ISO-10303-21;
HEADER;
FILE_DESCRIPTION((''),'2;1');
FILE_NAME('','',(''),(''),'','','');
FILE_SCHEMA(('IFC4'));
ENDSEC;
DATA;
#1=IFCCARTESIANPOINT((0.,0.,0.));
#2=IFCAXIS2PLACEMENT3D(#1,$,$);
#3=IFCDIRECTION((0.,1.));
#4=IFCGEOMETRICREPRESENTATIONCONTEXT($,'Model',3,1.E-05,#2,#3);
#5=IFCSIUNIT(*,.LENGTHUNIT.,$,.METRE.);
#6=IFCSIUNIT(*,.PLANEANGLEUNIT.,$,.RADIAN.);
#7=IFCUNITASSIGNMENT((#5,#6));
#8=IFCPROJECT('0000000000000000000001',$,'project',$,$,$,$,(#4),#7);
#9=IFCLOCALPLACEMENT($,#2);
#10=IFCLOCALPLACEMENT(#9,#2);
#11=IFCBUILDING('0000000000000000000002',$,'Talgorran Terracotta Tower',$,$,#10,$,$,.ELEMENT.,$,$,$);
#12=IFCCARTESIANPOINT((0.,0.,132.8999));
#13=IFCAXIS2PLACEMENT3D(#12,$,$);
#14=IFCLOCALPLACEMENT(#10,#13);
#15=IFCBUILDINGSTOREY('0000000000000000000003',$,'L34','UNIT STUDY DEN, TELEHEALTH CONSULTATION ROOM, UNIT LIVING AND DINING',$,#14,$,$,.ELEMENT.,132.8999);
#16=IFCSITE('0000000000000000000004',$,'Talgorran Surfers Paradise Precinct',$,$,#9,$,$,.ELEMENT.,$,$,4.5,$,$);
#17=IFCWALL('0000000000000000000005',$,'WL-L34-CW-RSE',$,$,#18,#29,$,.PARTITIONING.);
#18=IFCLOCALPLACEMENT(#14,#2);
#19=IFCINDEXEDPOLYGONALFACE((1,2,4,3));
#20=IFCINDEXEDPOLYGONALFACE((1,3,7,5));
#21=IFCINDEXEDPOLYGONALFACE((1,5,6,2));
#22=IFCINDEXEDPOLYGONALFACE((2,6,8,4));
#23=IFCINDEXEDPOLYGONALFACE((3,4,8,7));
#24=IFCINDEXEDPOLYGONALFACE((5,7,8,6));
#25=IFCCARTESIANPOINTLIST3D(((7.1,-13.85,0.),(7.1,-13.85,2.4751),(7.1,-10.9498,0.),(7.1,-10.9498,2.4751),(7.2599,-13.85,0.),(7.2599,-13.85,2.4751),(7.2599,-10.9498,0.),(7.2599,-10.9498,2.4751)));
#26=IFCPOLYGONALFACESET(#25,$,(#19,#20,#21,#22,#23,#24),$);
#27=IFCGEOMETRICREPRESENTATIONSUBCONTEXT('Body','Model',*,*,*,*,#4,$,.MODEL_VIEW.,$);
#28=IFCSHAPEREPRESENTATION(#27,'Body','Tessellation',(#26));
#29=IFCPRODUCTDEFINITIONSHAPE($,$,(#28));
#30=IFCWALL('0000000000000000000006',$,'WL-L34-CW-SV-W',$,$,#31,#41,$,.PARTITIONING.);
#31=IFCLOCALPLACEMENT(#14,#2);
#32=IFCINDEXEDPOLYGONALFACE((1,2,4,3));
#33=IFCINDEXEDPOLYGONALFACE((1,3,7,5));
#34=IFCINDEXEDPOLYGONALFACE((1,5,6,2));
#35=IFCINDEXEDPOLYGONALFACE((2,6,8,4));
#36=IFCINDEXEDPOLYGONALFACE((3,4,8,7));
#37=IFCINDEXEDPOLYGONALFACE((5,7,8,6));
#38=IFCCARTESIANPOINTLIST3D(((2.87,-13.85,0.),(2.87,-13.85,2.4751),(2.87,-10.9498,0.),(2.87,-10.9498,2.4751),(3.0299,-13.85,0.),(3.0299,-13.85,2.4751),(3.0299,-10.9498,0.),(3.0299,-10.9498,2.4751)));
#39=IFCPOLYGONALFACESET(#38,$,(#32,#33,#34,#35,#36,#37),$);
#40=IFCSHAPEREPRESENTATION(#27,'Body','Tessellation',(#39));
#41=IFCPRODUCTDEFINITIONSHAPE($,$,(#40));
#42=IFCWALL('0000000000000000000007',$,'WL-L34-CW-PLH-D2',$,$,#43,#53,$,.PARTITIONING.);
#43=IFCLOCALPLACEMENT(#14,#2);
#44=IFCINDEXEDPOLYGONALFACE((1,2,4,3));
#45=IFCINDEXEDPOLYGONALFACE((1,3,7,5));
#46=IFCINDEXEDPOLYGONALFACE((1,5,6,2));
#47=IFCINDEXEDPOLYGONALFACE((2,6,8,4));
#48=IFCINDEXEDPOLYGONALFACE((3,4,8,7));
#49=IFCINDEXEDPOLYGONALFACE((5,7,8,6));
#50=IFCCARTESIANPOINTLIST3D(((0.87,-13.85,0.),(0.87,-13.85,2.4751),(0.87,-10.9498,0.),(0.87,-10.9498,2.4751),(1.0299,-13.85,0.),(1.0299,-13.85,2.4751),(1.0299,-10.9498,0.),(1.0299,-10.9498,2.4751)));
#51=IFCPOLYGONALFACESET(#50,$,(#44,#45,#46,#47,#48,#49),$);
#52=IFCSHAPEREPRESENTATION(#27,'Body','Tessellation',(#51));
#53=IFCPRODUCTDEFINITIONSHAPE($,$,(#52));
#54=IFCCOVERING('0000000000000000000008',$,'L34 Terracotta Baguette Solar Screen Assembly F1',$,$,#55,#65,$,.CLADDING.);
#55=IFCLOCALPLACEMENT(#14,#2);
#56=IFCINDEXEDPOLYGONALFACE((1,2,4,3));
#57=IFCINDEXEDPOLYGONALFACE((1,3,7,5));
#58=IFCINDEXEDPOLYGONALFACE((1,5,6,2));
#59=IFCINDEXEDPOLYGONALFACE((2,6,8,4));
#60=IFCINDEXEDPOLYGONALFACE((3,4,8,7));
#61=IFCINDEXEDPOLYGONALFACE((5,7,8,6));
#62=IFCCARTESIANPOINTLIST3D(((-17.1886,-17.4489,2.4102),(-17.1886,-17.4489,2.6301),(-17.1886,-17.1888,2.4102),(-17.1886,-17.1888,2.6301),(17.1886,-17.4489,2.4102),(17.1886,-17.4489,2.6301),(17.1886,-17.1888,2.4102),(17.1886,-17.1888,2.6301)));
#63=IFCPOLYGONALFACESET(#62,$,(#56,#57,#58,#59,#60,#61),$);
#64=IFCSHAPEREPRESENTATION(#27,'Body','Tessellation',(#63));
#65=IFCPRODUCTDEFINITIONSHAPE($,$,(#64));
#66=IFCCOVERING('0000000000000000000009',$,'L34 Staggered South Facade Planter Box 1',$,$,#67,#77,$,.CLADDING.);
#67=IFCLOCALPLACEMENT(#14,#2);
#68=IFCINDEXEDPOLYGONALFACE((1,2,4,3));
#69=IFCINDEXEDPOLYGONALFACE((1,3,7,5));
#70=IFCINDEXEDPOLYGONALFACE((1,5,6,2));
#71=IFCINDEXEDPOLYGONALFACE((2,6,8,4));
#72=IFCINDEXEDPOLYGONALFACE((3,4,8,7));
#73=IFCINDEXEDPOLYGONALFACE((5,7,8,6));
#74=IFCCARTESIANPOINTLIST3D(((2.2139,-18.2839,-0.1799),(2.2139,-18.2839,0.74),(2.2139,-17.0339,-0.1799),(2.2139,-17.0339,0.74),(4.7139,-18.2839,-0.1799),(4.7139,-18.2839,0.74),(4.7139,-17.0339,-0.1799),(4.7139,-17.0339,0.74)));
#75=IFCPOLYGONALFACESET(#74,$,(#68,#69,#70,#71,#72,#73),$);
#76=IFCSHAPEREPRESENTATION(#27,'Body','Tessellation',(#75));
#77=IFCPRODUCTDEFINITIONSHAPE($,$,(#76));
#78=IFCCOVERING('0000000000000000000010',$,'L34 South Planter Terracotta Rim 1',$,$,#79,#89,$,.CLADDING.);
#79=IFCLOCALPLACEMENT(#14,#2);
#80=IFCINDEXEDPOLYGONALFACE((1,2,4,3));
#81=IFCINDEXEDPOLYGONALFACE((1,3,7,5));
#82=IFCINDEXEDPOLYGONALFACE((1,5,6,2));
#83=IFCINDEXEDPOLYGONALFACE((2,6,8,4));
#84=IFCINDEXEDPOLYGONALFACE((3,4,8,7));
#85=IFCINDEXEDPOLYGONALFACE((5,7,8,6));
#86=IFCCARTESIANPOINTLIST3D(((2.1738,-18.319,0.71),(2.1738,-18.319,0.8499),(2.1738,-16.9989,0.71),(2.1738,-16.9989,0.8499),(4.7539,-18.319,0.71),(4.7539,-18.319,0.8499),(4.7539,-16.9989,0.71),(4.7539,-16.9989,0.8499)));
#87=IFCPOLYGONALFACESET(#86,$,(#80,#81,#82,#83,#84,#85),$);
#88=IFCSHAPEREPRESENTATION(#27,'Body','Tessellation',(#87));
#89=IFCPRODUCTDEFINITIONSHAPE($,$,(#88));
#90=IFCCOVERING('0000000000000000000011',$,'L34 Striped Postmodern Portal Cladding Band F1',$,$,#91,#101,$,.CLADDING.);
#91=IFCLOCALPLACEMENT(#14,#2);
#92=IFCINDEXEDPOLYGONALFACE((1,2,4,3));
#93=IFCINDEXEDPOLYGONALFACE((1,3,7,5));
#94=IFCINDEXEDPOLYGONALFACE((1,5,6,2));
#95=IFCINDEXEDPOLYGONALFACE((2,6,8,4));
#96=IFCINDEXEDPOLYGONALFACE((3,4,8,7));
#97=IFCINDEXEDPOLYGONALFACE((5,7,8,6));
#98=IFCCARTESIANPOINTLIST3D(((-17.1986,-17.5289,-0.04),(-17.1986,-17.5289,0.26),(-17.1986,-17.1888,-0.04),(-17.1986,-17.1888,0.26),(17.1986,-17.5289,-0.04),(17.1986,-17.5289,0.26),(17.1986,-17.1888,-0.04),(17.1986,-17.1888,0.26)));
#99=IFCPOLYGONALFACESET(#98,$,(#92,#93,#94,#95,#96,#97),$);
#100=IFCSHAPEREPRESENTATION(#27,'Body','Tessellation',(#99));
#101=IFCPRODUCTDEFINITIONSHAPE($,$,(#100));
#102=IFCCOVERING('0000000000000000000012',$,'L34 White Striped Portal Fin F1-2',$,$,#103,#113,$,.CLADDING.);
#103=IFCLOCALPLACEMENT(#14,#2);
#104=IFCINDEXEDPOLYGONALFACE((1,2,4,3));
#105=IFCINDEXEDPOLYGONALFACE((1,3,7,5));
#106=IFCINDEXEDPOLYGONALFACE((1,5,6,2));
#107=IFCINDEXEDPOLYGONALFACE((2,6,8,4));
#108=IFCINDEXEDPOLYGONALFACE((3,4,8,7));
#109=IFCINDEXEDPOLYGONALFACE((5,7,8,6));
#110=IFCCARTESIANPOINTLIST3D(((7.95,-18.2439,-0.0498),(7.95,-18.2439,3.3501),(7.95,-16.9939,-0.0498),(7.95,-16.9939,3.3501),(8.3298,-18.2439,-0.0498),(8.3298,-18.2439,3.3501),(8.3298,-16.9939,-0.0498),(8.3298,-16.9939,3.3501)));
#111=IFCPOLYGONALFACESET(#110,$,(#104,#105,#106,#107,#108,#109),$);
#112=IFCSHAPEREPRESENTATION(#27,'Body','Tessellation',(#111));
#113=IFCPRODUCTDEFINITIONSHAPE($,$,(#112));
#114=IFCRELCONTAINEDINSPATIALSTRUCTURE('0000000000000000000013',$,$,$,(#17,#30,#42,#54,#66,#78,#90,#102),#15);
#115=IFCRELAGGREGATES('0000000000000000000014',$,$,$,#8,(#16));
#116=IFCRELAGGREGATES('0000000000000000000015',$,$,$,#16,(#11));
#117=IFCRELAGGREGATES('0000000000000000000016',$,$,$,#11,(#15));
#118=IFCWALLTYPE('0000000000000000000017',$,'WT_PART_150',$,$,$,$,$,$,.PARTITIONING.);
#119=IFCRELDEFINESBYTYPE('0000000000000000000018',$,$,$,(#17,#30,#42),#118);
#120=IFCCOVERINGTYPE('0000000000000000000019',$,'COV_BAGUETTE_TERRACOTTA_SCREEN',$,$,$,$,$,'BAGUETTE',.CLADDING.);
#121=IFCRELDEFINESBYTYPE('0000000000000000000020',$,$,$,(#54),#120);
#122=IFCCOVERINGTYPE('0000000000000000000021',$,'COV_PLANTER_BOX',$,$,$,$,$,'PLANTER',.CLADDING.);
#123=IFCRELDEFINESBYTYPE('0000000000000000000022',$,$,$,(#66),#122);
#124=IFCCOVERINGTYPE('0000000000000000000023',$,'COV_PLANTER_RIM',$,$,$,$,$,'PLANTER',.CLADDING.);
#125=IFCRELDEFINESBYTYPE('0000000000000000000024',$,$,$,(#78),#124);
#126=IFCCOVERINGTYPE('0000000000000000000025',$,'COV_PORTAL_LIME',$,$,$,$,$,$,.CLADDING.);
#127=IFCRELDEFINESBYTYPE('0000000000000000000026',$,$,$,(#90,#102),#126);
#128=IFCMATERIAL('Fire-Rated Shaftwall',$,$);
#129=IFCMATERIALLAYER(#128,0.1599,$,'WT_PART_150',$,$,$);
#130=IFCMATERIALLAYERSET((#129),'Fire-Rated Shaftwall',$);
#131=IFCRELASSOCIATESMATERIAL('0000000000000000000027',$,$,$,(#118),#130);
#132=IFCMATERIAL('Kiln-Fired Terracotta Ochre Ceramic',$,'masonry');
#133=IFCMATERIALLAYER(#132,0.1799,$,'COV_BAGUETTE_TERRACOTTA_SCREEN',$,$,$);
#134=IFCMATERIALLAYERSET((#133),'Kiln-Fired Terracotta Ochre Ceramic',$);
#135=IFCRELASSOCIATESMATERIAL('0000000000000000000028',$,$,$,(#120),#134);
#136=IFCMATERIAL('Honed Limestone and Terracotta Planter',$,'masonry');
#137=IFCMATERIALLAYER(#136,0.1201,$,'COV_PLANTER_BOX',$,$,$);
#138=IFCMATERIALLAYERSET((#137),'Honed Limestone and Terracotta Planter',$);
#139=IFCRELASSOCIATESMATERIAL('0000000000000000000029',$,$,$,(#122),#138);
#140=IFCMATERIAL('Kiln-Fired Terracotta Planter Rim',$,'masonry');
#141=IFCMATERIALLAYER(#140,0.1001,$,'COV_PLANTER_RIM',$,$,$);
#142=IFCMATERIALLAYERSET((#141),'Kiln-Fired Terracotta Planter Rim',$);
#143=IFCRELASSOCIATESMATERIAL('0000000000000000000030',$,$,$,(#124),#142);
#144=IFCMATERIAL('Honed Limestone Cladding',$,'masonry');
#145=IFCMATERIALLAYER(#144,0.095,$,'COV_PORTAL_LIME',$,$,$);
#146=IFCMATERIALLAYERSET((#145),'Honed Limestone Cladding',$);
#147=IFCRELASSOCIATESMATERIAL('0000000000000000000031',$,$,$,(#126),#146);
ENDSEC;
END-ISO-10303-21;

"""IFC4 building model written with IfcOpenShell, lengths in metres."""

from ifc_helpers import new_model, si_unit, direction, frame, frame_2d, origin, origin_2d, place, context, subcontext, project, spatial, rectangle, extrude, material, layer, layer_set, type_object, element, save


model = new_model("IFC4")

# Units and contexts
model_context = context("Model", 3, precision=1e-05, world=origin(), true_north=direction((0.0, 1.0)))
body_context = subcontext(model_context, "Body", "Model", "MODEL_VIEW")
ifc_project = project(units=[si_unit("LENGTHUNIT", "METRE"), si_unit("PLANEANGLEUNIT", "RADIAN")], contexts=[model_context])

# Site, building, storey
site_placement = place(None, origin())
site = spatial("IfcSite", under=ifc_project, at=site_placement, Name="Talgorran Surfers Paradise Precinct", CompositionType="ELEMENT", RefElevation=4.5)
building_placement = place(site_placement, origin())
building = spatial("IfcBuilding", under=site, at=building_placement, Name="Talgorran Terracotta Tower", CompositionType="ELEMENT")
storey_placement = place(building_placement, frame((0.0, 0.0, 132.8999)))
storey = spatial("IfcBuildingStorey", under=building, at=storey_placement, Name="L34", Description="UNIT STUDY DEN, TELEHEALTH CONSULTATION ROOM, UNIT LIVING AND DINING", CompositionType="ELEMENT", Elevation=132.8999)

# Walls
ifc_material_1 = material(Name="Fire-Rated Shaftwall")
ifc_layer_1 = layer(ifc_material_1, 0.1599, Name="WT_PART_150")
ifc_layer_set_1 = layer_set([ifc_layer_1], Name="Fire-Rated Shaftwall")
wall_type_1 = type_object("IfcWallType", Name="WT_PART_150", PredefinedType="PARTITIONING", material=ifc_layer_set_1)
for number, where, z_axis, x_axis, name in (
    (1, (7.1799, -13.8501, 0.0), (0.0, 0.0, 1.0), (0.0, 1.0, 0.0), "WL-L34-CW-RSE"),
    (2, (2.95, -13.8501, 0.0), (0.0, 0.0, 1.0), (0.0, 1.0, 0.0), "WL-L34-CW-SV-W"),
    (3, (0.95, -13.8501, 0.0), (0.0, 0.0, 1.0), (0.0, 1.0, 0.0), "WL-L34-CW-PLH-D2"),
):
    element("IfcWall", number, at=place(storey_placement, frame(where, z_axis=z_axis, x_axis=x_axis)), inside=storey, type_object=wall_type_1, Name=name, PredefinedType="PARTITIONING", context=body_context, shape_type="SweptSolid", body=[
        extrude(rectangle(XDim=2.9001, YDim=0.1599, at=frame_2d((1.4502, 0.0))), origin(), (0.0, 0.0, 1.0), 2.4751),
    ])

# Coverings
ifc_material_2 = material(Name="Kiln-Fired Terracotta Ochre Ceramic", Category="masonry")
ifc_layer_2 = layer(ifc_material_2, 0.1799, Name="COV_BAGUETTE_TERRACOTTA_SCREEN")
ifc_layer_set_2 = layer_set([ifc_layer_2], Name="Kiln-Fired Terracotta Ochre Ceramic")
covering_type_1 = type_object("IfcCoveringType", Name="COV_BAGUETTE_TERRACOTTA_SCREEN", ElementType="BAGUETTE", PredefinedType="CLADDING", material=ifc_layer_set_2)
covering_1_placement = place(storey_placement, frame((0.0, -17.3188, 2.4102), z_axis=(0.0, 0.0, 1.0), x_axis=(1.0, 0.0, 0.0)))
element("IfcCovering", 4, at=covering_1_placement, inside=storey, type_object=covering_type_1, Name="L34 Terracotta Baguette Solar Screen Assembly F1", PredefinedType="CLADDING", context=body_context, shape_type="SweptSolid", body=[
    extrude(rectangle(XDim=34.3772, YDim=0.26, at=origin_2d()), origin(), (0.0, 0.0, 1.0), 0.22),
])
ifc_material_3 = material(Name="Honed Limestone and Terracotta Planter", Category="masonry")
ifc_layer_3 = layer(ifc_material_3, 0.1201, Name="COV_PLANTER_BOX")
ifc_layer_set_3 = layer_set([ifc_layer_3], Name="Honed Limestone and Terracotta Planter")
covering_type_2 = type_object("IfcCoveringType", Name="COV_PLANTER_BOX", ElementType="PLANTER", PredefinedType="CLADDING", material=ifc_layer_set_3)
covering_2_placement = place(storey_placement, frame((3.4639, -17.6589, -0.1799), z_axis=(0.0, 0.0, 1.0), x_axis=(1.0, 0.0, 0.0)))
element("IfcCovering", 5, at=covering_2_placement, inside=storey, type_object=covering_type_2, Name="L34 Staggered South Facade Planter Box 1", PredefinedType="CLADDING", context=body_context, shape_type="SweptSolid", body=[
    extrude(rectangle(XDim=2.5, YDim=1.25, at=origin_2d()), origin(), (0.0, 0.0, 1.0), 0.9199),
])
ifc_material_4 = material(Name="Kiln-Fired Terracotta Planter Rim", Category="masonry")
ifc_layer_4 = layer(ifc_material_4, 0.1001, Name="COV_PLANTER_RIM")
ifc_layer_set_4 = layer_set([ifc_layer_4], Name="Kiln-Fired Terracotta Planter Rim")
covering_type_3 = type_object("IfcCoveringType", Name="COV_PLANTER_RIM", ElementType="PLANTER", PredefinedType="CLADDING", material=ifc_layer_set_4)
covering_3_placement = place(storey_placement, frame((3.4639, -17.6589, 0.71), z_axis=(0.0, 0.0, 1.0), x_axis=(1.0, 0.0, 0.0)))
element("IfcCovering", 6, at=covering_3_placement, inside=storey, type_object=covering_type_3, Name="L34 South Planter Terracotta Rim 1", PredefinedType="CLADDING", context=body_context, shape_type="SweptSolid", body=[
    extrude(rectangle(XDim=2.5801, YDim=1.3201, at=origin_2d()), origin(), (0.0, 0.0, 1.0), 0.1399),
])
ifc_material_5 = material(Name="Honed Limestone Cladding", Category="masonry")
ifc_layer_5 = layer(ifc_material_5, 0.095, Name="COV_PORTAL_LIME")
ifc_layer_set_5 = layer_set([ifc_layer_5], Name="Honed Limestone Cladding")
covering_type_4 = type_object("IfcCoveringType", Name="COV_PORTAL_LIME", PredefinedType="CLADDING", material=ifc_layer_set_5)
covering_4_placement = place(storey_placement, frame((0.0, -17.3589, -0.04), z_axis=(0.0, 0.0, 1.0), x_axis=(1.0, 0.0, 0.0)))
element("IfcCovering", 7, at=covering_4_placement, inside=storey, type_object=covering_type_4, Name="L34 Striped Postmodern Portal Cladding Band F1", PredefinedType="CLADDING", context=body_context, shape_type="SweptSolid", body=[
    extrude(rectangle(XDim=34.3972, YDim=0.3401, at=origin_2d()), origin(), (0.0, 0.0, 1.0), 0.3),
])
covering_5_placement = place(storey_placement, frame((8.1399, -17.6189, -0.0498), z_axis=(0.0, 0.0, 1.0), x_axis=(1.0, 0.0, 0.0)))
element("IfcCovering", 8, at=covering_5_placement, inside=storey, type_object=covering_type_4, Name="L34 White Striped Portal Fin F1-2", PredefinedType="CLADDING", context=body_context, shape_type="SweptSolid", body=[
    extrude(rectangle(XDim=0.3799, YDim=1.25, at=origin_2d()), origin(), (0.0, 0.0, 1.0), 3.3999),
])

save(model, "model.ifc")
